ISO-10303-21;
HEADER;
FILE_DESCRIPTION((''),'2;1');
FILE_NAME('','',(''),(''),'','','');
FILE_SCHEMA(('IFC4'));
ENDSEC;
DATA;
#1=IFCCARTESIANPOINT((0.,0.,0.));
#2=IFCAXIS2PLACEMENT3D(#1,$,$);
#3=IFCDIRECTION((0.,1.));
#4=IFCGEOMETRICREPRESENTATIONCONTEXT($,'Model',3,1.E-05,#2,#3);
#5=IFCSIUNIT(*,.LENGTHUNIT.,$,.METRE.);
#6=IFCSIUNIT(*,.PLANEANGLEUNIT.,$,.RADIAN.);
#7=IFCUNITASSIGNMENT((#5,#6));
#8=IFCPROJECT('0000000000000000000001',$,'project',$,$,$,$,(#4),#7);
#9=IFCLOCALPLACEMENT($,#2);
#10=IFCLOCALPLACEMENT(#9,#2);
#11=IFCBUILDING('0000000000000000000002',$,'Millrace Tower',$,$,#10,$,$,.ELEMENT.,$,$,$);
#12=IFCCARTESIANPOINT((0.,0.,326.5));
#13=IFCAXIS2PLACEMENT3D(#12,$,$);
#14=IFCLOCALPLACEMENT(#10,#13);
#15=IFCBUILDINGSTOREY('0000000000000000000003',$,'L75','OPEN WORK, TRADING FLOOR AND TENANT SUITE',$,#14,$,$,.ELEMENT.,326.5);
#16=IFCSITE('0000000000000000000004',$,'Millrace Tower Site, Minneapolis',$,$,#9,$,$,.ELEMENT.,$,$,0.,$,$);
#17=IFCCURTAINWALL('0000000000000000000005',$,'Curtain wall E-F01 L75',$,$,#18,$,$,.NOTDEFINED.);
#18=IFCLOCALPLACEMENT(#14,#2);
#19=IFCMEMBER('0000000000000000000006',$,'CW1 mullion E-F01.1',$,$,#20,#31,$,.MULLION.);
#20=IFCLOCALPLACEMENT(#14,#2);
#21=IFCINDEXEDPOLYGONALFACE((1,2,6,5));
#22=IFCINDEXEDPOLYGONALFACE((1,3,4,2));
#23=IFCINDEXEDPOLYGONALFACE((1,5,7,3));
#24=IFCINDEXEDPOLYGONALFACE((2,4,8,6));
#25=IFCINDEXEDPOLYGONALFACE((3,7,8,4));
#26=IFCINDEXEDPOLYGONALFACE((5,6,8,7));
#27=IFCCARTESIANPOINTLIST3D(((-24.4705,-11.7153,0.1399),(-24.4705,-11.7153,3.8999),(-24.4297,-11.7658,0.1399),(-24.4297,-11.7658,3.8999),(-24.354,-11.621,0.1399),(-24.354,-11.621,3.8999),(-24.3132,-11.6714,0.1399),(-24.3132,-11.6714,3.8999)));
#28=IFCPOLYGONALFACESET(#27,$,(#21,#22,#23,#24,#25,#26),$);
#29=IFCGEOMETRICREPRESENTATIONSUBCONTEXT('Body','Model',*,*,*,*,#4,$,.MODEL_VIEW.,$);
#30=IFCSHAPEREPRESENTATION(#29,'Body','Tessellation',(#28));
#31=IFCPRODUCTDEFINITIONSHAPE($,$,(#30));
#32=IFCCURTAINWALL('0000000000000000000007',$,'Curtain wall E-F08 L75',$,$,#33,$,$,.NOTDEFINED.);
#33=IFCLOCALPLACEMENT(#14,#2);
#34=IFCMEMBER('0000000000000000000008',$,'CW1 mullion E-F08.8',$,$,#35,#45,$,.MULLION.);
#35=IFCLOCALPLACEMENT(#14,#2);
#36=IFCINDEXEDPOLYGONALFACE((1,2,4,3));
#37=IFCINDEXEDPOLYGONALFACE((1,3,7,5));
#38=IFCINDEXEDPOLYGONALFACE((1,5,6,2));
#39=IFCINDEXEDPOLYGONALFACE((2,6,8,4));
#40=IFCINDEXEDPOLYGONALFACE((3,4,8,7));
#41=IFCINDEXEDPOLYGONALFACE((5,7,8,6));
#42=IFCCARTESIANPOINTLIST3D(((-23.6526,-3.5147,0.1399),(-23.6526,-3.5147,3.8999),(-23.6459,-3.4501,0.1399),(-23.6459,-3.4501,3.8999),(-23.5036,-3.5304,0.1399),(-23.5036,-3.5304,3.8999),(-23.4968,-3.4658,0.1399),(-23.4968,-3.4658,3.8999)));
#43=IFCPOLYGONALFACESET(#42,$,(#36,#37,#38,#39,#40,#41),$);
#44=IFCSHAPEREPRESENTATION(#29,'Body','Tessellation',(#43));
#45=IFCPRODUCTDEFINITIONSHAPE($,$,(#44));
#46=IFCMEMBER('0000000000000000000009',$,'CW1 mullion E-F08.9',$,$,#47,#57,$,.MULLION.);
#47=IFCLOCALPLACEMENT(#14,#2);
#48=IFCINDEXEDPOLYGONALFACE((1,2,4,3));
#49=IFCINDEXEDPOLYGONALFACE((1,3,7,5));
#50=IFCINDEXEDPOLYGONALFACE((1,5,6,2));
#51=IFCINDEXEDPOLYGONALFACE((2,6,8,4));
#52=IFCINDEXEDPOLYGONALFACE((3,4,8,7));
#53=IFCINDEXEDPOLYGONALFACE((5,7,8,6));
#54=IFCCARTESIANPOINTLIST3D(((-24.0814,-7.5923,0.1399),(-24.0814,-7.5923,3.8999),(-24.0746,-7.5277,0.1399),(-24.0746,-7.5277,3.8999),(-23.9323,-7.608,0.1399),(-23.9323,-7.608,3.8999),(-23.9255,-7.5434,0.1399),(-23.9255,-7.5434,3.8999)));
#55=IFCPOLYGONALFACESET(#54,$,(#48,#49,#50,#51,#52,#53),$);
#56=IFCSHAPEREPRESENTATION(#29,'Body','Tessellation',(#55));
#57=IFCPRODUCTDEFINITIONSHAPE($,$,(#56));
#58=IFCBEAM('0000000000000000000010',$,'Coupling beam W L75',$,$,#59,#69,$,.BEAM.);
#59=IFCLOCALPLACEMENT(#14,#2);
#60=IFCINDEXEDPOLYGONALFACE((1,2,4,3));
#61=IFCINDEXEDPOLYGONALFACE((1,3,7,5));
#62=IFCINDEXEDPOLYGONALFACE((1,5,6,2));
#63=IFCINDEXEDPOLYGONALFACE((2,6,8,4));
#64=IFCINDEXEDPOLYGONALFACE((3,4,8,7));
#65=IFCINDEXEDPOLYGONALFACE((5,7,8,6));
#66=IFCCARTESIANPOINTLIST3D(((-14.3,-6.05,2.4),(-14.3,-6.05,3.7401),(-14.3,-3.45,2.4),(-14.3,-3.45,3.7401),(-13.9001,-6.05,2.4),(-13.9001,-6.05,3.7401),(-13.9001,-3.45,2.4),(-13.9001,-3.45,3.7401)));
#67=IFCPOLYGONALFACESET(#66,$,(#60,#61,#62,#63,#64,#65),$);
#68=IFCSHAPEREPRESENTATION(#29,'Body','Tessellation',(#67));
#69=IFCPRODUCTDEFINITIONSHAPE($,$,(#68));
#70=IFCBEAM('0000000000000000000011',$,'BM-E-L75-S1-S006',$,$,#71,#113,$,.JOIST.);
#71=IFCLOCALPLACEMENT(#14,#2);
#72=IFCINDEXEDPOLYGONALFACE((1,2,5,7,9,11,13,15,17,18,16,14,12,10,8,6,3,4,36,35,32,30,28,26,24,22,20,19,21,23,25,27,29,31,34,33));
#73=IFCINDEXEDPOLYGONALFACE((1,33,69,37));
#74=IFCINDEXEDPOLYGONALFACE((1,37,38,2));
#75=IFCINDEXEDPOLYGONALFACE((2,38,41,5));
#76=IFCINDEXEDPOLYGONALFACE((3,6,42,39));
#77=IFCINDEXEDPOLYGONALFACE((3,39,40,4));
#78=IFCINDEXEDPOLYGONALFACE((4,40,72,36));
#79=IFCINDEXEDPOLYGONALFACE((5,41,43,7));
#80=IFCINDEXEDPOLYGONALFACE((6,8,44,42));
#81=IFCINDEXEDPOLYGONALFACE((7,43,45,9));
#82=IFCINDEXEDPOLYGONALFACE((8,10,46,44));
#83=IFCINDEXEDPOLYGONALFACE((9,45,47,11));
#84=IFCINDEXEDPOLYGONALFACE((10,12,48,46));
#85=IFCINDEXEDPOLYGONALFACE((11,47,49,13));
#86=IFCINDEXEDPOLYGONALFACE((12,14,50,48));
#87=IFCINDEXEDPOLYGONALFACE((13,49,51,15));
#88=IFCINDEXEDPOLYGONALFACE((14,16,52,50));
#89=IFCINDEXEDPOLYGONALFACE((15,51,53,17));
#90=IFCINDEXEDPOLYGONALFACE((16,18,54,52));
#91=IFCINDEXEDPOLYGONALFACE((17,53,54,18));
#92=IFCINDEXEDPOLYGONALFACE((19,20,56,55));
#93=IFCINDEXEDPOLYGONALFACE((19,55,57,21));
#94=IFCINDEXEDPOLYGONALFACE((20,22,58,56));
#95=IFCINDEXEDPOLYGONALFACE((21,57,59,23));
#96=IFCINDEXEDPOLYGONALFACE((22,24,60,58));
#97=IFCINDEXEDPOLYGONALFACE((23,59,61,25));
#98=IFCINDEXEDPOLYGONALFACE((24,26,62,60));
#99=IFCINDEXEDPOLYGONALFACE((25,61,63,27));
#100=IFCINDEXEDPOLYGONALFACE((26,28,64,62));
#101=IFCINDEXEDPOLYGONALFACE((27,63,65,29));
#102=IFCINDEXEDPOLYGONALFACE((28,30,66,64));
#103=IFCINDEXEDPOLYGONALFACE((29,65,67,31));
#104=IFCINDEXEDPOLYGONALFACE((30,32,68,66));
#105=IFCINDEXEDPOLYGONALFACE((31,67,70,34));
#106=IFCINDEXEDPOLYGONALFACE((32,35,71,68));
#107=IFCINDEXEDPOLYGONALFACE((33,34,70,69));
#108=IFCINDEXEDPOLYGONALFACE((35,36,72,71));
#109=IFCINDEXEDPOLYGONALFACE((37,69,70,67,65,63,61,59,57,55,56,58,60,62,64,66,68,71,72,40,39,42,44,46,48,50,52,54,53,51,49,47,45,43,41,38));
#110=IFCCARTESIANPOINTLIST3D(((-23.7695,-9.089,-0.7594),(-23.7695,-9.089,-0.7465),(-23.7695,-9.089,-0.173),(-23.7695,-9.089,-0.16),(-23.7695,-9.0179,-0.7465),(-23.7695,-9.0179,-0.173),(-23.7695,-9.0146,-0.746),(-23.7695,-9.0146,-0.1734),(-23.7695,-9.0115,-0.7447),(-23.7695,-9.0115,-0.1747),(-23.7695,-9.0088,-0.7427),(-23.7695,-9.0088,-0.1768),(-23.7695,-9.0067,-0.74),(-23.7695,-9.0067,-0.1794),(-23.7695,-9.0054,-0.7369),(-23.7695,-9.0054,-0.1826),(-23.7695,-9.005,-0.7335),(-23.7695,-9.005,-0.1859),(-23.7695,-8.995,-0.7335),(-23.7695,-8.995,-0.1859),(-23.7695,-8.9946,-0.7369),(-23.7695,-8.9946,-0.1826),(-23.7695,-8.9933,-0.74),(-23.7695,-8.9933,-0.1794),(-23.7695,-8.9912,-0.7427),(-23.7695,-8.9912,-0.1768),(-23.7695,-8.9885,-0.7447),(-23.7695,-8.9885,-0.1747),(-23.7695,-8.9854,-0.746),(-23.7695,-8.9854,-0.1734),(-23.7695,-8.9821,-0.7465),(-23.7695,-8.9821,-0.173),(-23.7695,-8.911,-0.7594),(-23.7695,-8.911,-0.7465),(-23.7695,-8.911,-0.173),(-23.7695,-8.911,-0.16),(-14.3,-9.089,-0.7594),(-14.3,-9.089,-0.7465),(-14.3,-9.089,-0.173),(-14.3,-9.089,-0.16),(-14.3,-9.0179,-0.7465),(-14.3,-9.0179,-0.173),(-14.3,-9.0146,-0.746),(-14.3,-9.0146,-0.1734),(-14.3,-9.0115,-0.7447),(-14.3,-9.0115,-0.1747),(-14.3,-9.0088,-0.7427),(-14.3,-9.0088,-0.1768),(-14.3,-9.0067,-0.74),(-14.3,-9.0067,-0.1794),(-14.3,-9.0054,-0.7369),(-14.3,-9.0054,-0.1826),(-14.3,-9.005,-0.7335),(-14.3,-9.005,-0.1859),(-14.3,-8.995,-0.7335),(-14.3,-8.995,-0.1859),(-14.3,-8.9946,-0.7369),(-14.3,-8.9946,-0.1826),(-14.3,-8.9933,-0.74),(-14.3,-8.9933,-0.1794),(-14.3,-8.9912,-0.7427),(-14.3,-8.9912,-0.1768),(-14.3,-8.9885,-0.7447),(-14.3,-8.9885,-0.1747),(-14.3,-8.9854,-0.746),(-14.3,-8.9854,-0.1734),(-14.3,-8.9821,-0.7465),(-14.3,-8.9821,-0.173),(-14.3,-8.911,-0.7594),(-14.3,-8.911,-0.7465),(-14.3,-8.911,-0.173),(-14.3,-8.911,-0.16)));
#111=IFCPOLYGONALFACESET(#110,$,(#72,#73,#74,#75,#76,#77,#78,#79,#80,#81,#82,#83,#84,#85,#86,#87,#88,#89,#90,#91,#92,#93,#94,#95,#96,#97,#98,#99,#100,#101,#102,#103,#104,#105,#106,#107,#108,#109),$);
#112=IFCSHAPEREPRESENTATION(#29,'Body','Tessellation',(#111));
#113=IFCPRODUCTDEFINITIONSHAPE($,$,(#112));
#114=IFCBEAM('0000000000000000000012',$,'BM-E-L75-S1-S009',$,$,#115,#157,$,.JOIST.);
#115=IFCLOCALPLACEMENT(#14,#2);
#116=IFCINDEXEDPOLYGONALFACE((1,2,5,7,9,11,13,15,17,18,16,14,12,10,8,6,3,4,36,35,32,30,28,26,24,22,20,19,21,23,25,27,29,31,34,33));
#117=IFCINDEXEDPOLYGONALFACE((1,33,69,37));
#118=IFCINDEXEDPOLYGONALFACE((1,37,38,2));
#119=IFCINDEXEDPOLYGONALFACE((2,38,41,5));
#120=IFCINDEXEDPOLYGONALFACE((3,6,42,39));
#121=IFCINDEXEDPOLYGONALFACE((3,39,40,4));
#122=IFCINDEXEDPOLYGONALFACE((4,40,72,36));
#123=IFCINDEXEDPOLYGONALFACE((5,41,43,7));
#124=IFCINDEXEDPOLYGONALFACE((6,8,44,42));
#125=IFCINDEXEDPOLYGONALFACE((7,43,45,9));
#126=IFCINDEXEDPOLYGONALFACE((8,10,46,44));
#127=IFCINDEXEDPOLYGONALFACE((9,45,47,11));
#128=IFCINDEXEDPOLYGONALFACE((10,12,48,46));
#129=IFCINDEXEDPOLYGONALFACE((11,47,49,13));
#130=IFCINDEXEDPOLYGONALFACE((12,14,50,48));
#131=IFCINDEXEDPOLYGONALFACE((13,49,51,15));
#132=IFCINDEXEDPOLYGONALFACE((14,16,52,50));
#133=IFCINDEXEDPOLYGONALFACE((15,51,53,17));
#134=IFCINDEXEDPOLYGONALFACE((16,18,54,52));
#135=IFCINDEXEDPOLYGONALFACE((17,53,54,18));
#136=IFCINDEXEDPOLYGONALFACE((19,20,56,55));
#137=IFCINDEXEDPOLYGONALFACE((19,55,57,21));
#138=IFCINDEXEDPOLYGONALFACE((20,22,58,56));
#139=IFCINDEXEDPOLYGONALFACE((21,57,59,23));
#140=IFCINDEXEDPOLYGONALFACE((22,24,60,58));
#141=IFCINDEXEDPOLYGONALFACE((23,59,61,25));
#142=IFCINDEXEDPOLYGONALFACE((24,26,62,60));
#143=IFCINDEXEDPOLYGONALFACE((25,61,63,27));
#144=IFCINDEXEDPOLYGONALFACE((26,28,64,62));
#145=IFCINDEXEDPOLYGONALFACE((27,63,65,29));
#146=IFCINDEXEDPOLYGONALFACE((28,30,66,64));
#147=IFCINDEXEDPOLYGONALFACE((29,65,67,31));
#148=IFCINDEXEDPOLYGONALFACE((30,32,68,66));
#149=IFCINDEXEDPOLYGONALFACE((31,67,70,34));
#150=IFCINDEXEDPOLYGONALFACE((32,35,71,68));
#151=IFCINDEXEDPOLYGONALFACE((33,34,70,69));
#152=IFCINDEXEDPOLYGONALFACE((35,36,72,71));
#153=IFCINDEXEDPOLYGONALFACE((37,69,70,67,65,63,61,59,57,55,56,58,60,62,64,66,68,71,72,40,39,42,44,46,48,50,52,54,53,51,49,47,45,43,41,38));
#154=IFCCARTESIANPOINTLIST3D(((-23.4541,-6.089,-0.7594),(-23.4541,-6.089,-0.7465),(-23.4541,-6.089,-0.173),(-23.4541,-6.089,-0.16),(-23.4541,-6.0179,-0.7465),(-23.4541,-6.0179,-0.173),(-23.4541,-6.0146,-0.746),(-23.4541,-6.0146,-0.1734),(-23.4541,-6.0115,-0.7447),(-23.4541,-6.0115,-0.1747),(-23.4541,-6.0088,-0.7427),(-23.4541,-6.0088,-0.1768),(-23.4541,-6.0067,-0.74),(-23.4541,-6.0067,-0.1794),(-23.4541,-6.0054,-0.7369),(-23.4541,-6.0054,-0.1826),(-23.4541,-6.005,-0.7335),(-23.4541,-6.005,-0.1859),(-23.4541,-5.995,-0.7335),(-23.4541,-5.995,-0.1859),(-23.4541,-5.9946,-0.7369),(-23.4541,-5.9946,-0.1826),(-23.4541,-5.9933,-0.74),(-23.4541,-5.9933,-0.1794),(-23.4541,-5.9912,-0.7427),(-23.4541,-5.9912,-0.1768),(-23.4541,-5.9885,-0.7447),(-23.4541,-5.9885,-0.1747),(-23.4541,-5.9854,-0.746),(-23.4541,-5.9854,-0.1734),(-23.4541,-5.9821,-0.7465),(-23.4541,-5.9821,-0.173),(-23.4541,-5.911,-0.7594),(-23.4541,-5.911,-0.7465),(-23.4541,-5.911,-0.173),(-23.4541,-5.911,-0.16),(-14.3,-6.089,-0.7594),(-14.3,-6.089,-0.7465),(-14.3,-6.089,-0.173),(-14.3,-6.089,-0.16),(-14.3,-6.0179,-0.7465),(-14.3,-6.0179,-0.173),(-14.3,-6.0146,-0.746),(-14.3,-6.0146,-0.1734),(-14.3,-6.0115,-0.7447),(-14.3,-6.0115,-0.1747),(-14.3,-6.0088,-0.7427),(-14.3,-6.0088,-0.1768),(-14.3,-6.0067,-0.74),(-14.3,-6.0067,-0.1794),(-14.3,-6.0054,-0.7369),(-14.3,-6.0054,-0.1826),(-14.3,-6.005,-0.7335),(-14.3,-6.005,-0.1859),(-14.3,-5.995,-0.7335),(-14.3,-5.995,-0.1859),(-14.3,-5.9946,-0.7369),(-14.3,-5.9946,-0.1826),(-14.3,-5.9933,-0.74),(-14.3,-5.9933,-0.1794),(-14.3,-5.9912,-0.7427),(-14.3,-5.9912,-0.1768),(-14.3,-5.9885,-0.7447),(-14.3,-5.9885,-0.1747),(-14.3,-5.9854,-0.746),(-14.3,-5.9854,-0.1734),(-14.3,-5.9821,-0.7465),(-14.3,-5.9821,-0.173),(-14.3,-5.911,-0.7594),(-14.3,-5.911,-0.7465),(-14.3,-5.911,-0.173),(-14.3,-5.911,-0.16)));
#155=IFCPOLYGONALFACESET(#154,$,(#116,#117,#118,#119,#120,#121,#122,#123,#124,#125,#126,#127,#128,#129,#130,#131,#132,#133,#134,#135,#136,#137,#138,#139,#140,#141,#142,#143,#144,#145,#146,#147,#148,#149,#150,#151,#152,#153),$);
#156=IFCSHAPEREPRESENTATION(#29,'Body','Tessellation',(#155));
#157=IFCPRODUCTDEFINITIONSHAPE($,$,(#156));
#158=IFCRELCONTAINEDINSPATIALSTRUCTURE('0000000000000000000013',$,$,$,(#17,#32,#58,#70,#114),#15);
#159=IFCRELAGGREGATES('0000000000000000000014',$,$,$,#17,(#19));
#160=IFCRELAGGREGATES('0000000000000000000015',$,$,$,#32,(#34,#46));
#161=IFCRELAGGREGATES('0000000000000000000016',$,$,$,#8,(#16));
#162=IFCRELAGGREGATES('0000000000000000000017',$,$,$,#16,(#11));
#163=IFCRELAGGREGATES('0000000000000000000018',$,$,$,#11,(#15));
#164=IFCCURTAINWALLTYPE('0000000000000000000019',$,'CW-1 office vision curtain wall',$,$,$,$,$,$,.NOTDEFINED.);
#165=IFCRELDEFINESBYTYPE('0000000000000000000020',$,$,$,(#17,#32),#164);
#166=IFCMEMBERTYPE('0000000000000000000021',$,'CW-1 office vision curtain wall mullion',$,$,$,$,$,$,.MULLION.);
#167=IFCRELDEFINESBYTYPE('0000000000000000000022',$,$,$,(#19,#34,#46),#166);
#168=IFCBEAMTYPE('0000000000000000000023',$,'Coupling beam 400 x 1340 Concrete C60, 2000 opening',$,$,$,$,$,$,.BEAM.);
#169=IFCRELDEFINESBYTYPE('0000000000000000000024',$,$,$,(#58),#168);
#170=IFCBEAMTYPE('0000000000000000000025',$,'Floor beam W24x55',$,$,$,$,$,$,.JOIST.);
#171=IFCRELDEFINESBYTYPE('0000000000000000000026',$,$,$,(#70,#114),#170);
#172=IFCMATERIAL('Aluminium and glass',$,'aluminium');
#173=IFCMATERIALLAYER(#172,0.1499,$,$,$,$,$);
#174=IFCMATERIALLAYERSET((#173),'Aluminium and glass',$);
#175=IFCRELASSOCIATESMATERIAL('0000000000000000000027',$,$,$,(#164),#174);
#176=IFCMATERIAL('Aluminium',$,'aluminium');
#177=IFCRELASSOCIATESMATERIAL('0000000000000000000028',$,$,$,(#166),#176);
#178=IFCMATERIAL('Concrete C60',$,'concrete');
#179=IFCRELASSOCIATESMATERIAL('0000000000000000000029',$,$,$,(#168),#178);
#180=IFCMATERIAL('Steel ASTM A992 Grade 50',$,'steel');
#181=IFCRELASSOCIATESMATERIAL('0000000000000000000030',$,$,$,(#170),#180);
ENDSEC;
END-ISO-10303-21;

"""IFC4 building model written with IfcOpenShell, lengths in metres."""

from ifc_helpers import new_model, si_unit, direction, frame, origin, origin_2d, place, context, subcontext, project, spatial, rectangle, i_section, extrude, material, layer, layer_set, material_profile, profile_set, type_object, element, aggregate, save


model = new_model("IFC4")

# Units and contexts
model_context = context("Model", 3, precision=1e-05, world=origin(), true_north=direction((0.0, 1.0)))
body_context = subcontext(model_context, "Body", "Model", "MODEL_VIEW")
ifc_project = project(units=[si_unit("LENGTHUNIT", "METRE"), si_unit("PLANEANGLEUNIT", "RADIAN")], contexts=[model_context])

# Site, building, storey
site_placement = place(None, origin())
site = spatial("IfcSite", under=ifc_project, at=site_placement, Name="Millrace Tower Site, Minneapolis", CompositionType="ELEMENT", RefElevation=0.0)
building_placement = place(site_placement, origin())
building = spatial("IfcBuilding", under=site, at=building_placement, Name="Millrace Tower", CompositionType="ELEMENT")
storey_placement = place(building_placement, frame((0.0, 0.0, 326.5)))
storey = spatial("IfcBuildingStorey", under=building, at=storey_placement, Name="L75", Description="OPEN WORK, TRADING FLOOR AND TENANT SUITE", CompositionType="ELEMENT", Elevation=326.5)

# Curtain wall, member
ifc_material_1 = material(Name="Aluminium and glass", Category="aluminium")
ifc_layer_1 = layer(ifc_material_1, 0.1499)
ifc_layer_set_1 = layer_set([ifc_layer_1], Name="Aluminium and glass")
curtain_wall_type = type_object("IfcCurtainWallType", Name="CW-1 office vision curtain wall", PredefinedType="NOTDEFINED", material=ifc_layer_set_1)
placement = place(storey_placement, origin())
curtain_wall_1 = element("IfcCurtainWall", 1, at=placement, inside=storey, type_object=curtain_wall_type, Name="Curtain wall E-F01 L75", PredefinedType="NOTDEFINED")
ifc_material_2 = material(Name="Aluminium", Category="aluminium")
ifc_material_profile_1 = material_profile(ifc_material_2, rectangle(XDim=0.0649, YDim=0.1499, at=origin_2d()))
ifc_profile_set_1 = profile_set([ifc_material_profile_1], Name="Aluminium")
member_type = type_object("IfcMemberType", Name="CW-1 office vision curtain wall mullion", PredefinedType="MULLION", material=ifc_profile_set_1)
member_1_placement = place(storey_placement, frame((-24.3918, -11.6934, 0.1399), z_axis=(0.0, 0.0, 1.0), x_axis=(0.62932, -0.777146, 0.0)))
member_1 = element("IfcMember", 2, at=member_1_placement, type_object=member_type, Name="CW1 mullion E-F01.1", PredefinedType="MULLION", context=body_context, shape_type="SweptSolid", body=[
    extrude(rectangle(XDim=0.0649, YDim=0.1499, at=origin_2d()), origin(), (0.0, 0.0, 1.0), 3.76),
])
aggregate(curtain_wall_1, [member_1])

# Curtain wall, members
curtain_wall_2 = element("IfcCurtainWall", 3, at=placement, inside=storey, type_object=curtain_wall_type, Name="Curtain wall E-F08 L75", PredefinedType="NOTDEFINED")
member_2_placement = place(storey_placement, frame((-23.5747, -3.4902, 0.1399), z_axis=(0.0, 0.0, 1.0), x_axis=(-0.104528, -0.994522, 0.0)))
member_2 = element("IfcMember", 4, at=member_2_placement, type_object=member_type, Name="CW1 mullion E-F08.8", PredefinedType="MULLION", context=body_context, shape_type="SweptSolid", body=[
    extrude(rectangle(XDim=0.0649, YDim=0.1499, at=origin_2d()), origin(), (0.0, 0.0, 1.0), 3.76),
])
member_3_placement = place(storey_placement, frame((-24.0034, -7.5679, 0.1399), z_axis=(0.0, 0.0, 1.0), x_axis=(-0.104528, -0.994522, 0.0)))
member_3 = element("IfcMember", 5, at=member_3_placement, type_object=member_type, Name="CW1 mullion E-F08.9", PredefinedType="MULLION", context=body_context, shape_type="SweptSolid", body=[
    extrude(rectangle(XDim=0.0649, YDim=0.1499, at=origin_2d()), origin(), (0.0, 0.0, 1.0), 3.76),
])
aggregate(curtain_wall_2, [member_2, member_3])

# Beams
ifc_material_3 = material(Name="Concrete C60", Category="concrete")
ifc_material_profile_2 = material_profile(ifc_material_3, rectangle(XDim=0.3999, YDim=1.3401, at=origin_2d()))
ifc_profile_set_2 = profile_set([ifc_material_profile_2], Name="Concrete C60")
beam_type_1 = type_object("IfcBeamType", Name="Coupling beam 400 x 1340 Concrete C60, 2000 opening", PredefinedType="BEAM", material=ifc_profile_set_2)
beam_1_placement = place(storey_placement, frame((-14.1001, -6.05, 3.0701), z_axis=(0.0, 1.0, 0.0), x_axis=(-1.0, 0.0, 0.0)))
element("IfcBeam", 6, at=beam_1_placement, inside=storey, type_object=beam_type_1, Name="Coupling beam W L75", PredefinedType="BEAM", context=body_context, shape_type="SweptSolid", body=[
    extrude(rectangle(XDim=0.3999, YDim=1.3401, at=origin_2d()), origin(), (0.0, 0.0, 1.0), 2.6001),
])
ifc_material_4 = material(Name="Steel ASTM A992 Grade 50", Category="steel")
ifc_material_profile_3 = material_profile(ifc_material_4, i_section(OverallWidth=0.178, OverallDepth=0.5994, WebThickness=0.01, FlangeThickness=0.0129, FilletRadius=0.0129, at=origin_2d()))
ifc_profile_set_3 = profile_set([ifc_material_profile_3], Name="Steel ASTM A992 Grade 50")
beam_type_2 = type_object("IfcBeamType", Name="Floor beam W24x55", PredefinedType="JOIST", material=ifc_profile_set_3)
beam_2_placement = place(storey_placement, frame((-23.7695, -9.0, -0.4597), z_axis=(1.0, 0.0, 0.0), x_axis=(0.0, 1.0, 0.0)))
element("IfcBeam", 7, at=beam_2_placement, inside=storey, type_object=beam_type_2, Name="BM-E-L75-S1-S006", PredefinedType="JOIST", context=body_context, shape_type="SweptSolid", body=[
    extrude(i_section(OverallWidth=0.178, OverallDepth=0.5994, WebThickness=0.01, FlangeThickness=0.0129, FilletRadius=0.0129, at=origin_2d()), origin(), (0.0, 0.0, 1.0), 9.4695),
])
beam_3_placement = place(storey_placement, frame((-23.4541, -6.0, -0.4597), z_axis=(1.0, 0.0, 0.0), x_axis=(0.0, 1.0, 0.0)))
element("IfcBeam", 8, at=beam_3_placement, inside=storey, type_object=beam_type_2, Name="BM-E-L75-S1-S009", PredefinedType="JOIST", context=body_context, shape_type="SweptSolid", body=[
    extrude(i_section(OverallWidth=0.178, OverallDepth=0.5994, WebThickness=0.01, FlangeThickness=0.0129, FilletRadius=0.0129, at=origin_2d()), origin(), (0.0, 0.0, 1.0), 9.1541),
])

save(model, "model.ifc")
